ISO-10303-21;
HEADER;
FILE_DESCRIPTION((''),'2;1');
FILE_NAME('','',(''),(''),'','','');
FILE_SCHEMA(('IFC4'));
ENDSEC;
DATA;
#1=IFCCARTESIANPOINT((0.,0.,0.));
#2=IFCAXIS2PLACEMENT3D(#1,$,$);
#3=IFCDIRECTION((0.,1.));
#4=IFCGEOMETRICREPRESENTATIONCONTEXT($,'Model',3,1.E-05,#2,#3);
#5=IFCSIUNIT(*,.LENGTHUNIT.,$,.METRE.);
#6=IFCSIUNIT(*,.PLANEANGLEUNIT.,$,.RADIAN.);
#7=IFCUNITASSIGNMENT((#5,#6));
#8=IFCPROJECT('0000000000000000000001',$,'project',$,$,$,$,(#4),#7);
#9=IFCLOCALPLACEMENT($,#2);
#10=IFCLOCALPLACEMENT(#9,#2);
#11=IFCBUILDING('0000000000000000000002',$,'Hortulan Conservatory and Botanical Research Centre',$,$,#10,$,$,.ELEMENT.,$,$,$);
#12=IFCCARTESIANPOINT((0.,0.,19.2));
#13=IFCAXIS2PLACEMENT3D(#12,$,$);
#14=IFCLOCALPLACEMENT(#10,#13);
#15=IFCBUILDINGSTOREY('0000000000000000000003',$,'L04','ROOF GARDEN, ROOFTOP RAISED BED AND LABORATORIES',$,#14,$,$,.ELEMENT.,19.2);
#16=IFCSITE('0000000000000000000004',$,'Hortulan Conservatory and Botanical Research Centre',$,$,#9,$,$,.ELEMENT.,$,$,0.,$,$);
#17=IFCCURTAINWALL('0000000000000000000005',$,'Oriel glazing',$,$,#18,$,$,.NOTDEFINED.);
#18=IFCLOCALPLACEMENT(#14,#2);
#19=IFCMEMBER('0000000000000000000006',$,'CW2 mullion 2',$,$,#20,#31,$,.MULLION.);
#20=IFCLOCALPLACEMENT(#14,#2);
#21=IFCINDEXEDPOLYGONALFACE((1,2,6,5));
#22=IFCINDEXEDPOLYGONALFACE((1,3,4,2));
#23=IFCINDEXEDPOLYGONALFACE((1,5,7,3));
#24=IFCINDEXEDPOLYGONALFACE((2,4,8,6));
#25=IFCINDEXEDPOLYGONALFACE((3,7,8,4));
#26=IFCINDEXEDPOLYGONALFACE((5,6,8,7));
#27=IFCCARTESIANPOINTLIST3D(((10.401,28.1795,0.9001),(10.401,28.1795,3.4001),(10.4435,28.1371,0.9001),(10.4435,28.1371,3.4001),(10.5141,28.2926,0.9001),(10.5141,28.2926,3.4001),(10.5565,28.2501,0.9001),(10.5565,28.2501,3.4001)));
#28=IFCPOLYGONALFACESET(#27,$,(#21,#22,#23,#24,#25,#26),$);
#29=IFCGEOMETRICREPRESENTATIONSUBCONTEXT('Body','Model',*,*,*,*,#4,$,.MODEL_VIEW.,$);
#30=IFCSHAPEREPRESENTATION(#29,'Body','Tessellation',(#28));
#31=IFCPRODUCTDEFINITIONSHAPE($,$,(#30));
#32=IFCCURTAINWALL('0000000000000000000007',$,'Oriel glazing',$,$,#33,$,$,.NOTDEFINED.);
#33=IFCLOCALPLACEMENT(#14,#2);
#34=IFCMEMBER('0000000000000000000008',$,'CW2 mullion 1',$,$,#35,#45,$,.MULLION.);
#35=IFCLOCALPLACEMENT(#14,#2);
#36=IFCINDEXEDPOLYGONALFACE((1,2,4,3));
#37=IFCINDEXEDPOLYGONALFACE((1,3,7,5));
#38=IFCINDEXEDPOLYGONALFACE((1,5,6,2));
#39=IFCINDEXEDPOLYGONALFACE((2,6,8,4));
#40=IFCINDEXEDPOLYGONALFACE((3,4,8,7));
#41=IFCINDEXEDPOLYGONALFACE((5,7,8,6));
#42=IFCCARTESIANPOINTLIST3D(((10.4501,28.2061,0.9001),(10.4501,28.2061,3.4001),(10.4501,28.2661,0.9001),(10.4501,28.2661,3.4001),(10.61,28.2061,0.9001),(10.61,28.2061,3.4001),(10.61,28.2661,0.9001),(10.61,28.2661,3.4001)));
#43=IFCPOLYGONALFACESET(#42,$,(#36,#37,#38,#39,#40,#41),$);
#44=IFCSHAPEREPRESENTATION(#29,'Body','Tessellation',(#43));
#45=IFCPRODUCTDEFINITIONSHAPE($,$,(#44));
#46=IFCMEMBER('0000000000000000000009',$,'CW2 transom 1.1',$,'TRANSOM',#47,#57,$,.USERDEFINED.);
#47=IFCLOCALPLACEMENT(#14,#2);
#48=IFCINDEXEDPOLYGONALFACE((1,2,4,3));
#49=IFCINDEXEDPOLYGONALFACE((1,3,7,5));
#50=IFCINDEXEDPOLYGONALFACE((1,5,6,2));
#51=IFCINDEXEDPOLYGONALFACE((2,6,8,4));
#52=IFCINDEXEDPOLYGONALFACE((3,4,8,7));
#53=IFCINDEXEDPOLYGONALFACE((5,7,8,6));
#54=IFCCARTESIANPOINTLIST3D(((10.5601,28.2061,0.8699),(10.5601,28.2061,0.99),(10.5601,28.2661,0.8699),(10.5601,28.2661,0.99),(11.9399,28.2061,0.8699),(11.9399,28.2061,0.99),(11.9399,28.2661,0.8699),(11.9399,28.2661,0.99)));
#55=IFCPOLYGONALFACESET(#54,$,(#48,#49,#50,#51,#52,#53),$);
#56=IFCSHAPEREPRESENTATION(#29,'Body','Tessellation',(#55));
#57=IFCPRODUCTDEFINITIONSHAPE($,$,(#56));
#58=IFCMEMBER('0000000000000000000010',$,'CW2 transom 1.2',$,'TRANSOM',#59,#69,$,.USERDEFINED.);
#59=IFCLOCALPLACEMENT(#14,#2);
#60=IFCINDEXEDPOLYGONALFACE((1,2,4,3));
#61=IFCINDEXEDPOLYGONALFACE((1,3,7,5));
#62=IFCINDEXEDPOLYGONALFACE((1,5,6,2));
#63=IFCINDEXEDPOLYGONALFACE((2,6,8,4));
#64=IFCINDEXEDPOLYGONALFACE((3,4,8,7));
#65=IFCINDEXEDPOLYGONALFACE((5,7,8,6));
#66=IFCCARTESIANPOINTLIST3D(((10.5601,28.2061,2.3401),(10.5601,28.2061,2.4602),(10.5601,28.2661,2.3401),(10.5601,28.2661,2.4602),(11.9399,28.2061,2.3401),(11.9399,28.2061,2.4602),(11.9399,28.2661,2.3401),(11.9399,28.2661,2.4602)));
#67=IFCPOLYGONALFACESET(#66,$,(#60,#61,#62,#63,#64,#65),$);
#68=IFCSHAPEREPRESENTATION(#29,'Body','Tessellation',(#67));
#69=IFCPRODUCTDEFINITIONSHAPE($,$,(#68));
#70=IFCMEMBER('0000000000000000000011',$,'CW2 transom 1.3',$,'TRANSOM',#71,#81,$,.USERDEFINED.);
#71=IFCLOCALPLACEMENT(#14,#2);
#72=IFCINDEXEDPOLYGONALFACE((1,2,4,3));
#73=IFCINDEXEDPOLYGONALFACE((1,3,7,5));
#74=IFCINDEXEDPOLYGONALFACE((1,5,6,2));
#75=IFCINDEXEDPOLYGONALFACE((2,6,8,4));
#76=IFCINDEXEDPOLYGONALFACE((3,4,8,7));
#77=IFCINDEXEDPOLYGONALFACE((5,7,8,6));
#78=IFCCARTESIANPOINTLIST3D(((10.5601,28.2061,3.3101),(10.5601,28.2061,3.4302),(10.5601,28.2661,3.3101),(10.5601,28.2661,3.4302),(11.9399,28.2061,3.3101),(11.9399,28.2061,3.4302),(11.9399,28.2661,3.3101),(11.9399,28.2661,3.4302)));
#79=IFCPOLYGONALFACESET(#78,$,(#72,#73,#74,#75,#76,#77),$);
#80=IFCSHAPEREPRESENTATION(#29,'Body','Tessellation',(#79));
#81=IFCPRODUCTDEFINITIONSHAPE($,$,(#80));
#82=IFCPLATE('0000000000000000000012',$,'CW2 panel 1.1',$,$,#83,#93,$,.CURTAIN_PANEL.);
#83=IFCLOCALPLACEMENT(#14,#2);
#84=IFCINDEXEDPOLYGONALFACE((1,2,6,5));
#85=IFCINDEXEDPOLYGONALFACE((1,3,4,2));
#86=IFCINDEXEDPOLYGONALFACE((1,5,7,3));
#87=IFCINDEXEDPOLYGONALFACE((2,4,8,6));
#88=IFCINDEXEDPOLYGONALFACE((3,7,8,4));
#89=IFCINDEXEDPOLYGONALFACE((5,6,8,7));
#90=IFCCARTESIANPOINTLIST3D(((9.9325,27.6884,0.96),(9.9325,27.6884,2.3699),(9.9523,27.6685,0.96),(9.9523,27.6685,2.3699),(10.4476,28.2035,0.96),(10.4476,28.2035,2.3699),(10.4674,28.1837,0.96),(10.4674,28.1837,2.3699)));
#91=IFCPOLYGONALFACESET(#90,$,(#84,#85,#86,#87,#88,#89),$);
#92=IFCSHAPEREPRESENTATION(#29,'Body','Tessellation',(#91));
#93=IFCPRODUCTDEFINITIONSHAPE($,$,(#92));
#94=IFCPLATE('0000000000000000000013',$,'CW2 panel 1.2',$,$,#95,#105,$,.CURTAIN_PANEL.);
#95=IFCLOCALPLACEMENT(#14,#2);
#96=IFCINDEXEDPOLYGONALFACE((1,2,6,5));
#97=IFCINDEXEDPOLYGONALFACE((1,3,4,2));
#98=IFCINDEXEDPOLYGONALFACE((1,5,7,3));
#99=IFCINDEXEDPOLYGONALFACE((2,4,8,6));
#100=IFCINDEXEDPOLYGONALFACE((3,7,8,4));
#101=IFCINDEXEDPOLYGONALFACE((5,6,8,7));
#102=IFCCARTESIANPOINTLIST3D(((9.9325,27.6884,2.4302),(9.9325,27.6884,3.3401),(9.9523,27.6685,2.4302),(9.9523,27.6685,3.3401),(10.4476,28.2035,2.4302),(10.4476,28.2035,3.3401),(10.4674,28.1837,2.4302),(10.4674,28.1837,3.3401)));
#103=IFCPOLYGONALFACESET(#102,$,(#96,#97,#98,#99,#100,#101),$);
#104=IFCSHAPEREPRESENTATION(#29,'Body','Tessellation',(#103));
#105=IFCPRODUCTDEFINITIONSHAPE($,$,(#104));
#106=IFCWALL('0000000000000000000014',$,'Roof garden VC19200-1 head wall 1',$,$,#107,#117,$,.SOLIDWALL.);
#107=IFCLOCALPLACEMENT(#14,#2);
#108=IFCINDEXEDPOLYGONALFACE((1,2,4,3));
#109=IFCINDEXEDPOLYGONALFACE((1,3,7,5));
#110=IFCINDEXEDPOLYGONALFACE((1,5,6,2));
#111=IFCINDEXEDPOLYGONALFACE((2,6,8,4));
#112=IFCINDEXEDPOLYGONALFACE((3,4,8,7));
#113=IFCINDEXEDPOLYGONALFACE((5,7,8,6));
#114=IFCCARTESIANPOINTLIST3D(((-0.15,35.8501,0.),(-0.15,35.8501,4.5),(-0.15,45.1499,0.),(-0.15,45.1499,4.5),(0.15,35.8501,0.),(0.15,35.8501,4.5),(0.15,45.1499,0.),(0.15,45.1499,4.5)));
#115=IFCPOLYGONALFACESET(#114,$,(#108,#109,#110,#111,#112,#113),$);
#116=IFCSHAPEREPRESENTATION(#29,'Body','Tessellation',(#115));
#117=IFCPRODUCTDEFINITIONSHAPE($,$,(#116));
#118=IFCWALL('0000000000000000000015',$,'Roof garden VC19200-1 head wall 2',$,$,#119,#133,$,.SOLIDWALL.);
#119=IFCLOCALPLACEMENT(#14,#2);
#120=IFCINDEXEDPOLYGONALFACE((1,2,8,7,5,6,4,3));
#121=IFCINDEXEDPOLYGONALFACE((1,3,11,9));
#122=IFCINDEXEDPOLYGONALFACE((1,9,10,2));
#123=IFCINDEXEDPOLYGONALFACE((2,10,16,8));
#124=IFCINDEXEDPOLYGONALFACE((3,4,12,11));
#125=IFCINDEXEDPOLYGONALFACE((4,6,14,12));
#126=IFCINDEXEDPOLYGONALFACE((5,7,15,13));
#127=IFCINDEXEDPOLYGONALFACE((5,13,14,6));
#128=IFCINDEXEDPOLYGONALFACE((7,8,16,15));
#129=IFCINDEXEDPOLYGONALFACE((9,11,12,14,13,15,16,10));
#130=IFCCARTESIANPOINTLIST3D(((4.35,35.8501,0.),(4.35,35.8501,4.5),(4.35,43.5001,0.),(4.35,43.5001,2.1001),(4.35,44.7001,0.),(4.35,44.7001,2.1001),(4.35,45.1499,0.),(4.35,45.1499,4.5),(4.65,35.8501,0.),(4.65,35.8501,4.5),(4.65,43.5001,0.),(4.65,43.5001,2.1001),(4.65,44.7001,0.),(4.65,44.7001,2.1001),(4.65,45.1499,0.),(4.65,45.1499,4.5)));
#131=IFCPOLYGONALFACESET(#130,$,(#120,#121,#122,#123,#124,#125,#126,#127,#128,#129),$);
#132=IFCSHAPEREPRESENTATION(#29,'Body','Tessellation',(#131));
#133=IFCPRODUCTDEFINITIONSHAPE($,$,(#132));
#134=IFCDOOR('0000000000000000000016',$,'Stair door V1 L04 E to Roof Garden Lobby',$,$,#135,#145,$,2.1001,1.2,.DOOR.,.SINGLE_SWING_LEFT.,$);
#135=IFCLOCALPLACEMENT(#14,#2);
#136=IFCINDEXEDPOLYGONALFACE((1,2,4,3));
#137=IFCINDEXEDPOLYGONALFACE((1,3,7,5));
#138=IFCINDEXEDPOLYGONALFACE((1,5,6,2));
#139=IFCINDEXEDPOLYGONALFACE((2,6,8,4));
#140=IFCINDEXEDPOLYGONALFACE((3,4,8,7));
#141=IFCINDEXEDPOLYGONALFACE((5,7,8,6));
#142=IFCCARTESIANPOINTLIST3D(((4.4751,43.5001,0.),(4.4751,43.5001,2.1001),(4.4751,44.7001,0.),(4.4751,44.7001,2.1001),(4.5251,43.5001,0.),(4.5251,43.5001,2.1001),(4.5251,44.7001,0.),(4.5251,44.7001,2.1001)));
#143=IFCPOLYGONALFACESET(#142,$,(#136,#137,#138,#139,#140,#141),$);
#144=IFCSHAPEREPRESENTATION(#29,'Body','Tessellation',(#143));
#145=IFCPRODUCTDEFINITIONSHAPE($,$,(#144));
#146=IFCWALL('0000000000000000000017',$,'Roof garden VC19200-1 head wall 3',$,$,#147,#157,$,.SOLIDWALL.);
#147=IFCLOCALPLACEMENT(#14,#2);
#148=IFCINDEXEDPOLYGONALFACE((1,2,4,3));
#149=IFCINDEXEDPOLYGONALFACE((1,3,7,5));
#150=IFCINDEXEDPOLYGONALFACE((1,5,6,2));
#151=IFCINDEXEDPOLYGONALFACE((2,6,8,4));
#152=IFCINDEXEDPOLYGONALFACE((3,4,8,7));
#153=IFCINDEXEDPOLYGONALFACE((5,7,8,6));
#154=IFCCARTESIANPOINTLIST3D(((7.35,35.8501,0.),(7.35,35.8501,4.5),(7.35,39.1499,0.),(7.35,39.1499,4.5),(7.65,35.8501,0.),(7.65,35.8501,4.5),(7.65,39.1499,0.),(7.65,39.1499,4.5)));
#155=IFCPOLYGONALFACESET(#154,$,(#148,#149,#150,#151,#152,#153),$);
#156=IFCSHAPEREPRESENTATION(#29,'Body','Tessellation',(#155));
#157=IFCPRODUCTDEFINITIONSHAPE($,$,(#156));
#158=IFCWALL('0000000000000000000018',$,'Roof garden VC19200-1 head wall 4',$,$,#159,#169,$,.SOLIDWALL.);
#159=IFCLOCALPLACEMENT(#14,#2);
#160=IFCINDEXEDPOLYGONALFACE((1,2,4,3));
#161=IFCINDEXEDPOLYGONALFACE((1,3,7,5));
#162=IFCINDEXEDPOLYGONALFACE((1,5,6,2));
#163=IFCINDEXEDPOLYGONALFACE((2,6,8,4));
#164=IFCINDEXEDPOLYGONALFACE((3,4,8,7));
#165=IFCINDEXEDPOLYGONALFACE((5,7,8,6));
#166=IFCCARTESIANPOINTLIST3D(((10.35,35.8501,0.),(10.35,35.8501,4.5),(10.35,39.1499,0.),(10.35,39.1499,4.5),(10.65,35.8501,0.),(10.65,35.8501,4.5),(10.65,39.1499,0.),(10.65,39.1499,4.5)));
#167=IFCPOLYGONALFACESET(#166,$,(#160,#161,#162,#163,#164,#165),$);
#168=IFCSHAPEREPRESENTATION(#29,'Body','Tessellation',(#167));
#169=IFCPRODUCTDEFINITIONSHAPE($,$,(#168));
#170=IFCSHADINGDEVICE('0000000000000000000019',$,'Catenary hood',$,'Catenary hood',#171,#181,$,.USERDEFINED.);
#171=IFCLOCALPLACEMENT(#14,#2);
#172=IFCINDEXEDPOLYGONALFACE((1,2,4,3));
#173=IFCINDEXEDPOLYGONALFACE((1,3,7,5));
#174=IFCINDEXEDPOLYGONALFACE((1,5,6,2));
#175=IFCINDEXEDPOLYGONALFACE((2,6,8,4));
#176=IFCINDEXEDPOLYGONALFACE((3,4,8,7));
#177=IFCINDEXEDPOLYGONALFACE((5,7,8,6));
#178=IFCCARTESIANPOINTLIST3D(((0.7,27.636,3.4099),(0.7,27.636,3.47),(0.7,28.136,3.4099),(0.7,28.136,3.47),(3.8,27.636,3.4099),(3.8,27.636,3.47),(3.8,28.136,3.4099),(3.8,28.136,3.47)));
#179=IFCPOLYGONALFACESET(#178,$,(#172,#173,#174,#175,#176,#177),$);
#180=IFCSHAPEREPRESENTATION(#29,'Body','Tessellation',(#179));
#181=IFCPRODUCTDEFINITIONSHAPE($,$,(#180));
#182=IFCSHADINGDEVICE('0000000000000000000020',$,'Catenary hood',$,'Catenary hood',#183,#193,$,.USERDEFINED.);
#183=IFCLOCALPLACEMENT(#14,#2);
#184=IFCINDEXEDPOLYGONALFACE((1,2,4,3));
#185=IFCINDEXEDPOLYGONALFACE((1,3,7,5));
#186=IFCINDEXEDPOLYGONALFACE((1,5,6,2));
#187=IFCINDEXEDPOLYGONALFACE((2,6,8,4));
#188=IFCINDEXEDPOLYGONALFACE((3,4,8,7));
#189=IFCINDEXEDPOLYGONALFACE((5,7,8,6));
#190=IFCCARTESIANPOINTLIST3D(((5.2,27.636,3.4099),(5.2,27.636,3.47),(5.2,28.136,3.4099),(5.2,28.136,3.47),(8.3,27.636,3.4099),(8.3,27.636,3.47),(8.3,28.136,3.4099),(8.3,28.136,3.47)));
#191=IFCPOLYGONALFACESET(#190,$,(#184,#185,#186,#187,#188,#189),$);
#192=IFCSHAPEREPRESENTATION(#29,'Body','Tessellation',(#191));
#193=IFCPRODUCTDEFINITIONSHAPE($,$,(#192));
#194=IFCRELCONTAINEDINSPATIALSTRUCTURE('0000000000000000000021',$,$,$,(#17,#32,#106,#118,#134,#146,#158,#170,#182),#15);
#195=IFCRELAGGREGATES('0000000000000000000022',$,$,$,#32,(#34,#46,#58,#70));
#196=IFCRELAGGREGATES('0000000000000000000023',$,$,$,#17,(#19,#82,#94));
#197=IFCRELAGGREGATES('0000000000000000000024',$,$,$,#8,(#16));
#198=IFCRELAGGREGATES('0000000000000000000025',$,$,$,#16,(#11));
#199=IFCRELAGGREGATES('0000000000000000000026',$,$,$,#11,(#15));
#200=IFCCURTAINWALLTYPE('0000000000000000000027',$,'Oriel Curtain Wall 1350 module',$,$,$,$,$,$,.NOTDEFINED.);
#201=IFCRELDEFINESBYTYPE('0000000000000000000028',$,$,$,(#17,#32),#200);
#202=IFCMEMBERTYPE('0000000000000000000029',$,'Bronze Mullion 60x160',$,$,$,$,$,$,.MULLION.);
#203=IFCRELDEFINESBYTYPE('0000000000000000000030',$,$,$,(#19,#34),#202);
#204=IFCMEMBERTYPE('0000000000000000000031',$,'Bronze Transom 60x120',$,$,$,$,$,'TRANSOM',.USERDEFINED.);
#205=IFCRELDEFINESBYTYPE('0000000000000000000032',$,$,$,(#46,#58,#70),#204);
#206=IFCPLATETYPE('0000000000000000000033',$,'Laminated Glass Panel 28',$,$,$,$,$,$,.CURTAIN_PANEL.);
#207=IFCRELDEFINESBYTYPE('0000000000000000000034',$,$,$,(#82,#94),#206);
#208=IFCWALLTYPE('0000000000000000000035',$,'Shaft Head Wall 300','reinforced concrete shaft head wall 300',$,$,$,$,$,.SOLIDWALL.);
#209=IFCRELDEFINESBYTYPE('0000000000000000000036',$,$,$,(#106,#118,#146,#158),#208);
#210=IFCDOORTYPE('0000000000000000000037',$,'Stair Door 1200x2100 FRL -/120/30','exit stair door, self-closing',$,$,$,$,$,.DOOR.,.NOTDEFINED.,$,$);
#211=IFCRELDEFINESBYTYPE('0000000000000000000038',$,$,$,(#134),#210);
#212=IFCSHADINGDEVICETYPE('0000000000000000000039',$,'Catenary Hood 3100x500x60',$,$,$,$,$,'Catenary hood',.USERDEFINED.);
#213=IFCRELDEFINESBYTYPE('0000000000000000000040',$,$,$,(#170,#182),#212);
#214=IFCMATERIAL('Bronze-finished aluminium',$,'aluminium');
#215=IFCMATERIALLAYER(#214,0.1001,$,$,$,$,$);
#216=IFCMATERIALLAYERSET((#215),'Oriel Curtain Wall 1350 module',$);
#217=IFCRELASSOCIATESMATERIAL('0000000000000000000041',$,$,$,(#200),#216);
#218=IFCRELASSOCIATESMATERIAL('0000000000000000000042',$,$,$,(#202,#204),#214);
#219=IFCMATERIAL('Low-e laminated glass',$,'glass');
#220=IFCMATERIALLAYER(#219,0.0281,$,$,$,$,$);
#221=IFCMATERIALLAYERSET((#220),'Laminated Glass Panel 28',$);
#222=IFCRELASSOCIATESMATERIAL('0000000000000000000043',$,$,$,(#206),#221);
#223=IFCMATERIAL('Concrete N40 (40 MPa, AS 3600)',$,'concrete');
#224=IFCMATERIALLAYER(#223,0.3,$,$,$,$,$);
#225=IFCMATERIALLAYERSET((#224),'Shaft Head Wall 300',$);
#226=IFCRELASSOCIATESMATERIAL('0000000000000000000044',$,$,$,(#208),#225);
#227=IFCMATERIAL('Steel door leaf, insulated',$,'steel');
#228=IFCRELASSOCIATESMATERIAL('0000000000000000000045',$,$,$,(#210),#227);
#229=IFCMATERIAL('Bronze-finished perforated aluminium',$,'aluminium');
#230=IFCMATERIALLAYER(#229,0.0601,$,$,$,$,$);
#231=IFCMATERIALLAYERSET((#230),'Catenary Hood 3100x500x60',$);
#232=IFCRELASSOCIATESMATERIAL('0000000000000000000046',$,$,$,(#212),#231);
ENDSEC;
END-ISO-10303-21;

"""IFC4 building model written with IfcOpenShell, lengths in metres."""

from ifc_helpers import new_model, si_unit, direction, frame, frame_2d, origin, origin_2d, place, context, subcontext, project, spatial, rectangle, extrude, material, layer, layer_set, material_profile, profile_set, type_object, element, fill, aggregate, save


model = new_model("IFC4")

# Units and contexts
model_context = context("Model", 3, precision=1e-05, world=origin(), true_north=direction((0.0, 1.0)))
body_context = subcontext(model_context, "Body", "Model", "MODEL_VIEW")
ifc_project = project(units=[si_unit("LENGTHUNIT", "METRE"), si_unit("PLANEANGLEUNIT", "RADIAN")], contexts=[model_context])

# Site, building, storey
site_placement = place(None, origin())
site = spatial("IfcSite", under=ifc_project, at=site_placement, Name="Hortulan Conservatory and Botanical Research Centre", CompositionType="ELEMENT", RefElevation=0.0)
building_placement = place(site_placement, origin())
building = spatial("IfcBuilding", under=site, at=building_placement, Name="Hortulan Conservatory and Botanical Research Centre", CompositionType="ELEMENT")
storey_placement = place(building_placement, frame((0.0, 0.0, 19.2)))
storey = spatial("IfcBuildingStorey", under=building, at=storey_placement, Name="L04", Description="ROOF GARDEN, ROOFTOP RAISED BED AND LABORATORIES", CompositionType="ELEMENT", Elevation=19.2)

# Curtain wall, member
ifc_material_1 = material(Name="Bronze-finished aluminium", Category="aluminium")
ifc_layer_1 = layer(ifc_material_1, 0.1001)
ifc_layer_set_1 = layer_set([ifc_layer_1], Name="Oriel Curtain Wall 1350 module")
curtain_wall_type = type_object("IfcCurtainWallType", Name="Oriel Curtain Wall 1350 module", PredefinedType="NOTDEFINED", material=ifc_layer_set_1)
curtain_wall_1_placement = place(storey_placement, origin())
curtain_wall_1 = element("IfcCurtainWall", 1, at=curtain_wall_1_placement, inside=storey, type_object=curtain_wall_type, Name="Oriel glazing", PredefinedType="NOTDEFINED")
ifc_material_profile_1 = material_profile(ifc_material_1, rectangle(XDim=0.0601, YDim=0.1599, at=origin_2d()), Name="Bronze Mullion 60x160")
ifc_profile_set_1 = profile_set([ifc_material_profile_1], Name="Bronze-finished aluminium")
member_type_1 = type_object("IfcMemberType", Name="Bronze Mullion 60x160", PredefinedType="MULLION", material=ifc_profile_set_1)
member_1_placement = place(storey_placement, frame((10.4788, 28.2148, 0.9001), z_axis=(0.0, 0.0, 1.0), x_axis=(-0.707107, 0.707107, 0.0)))
member_1 = element("IfcMember", 2, at=member_1_placement, type_object=member_type_1, Name="CW2 mullion 2", PredefinedType="MULLION", context=body_context, shape_type="SweptSolid", body=[
    extrude(rectangle(XDim=0.0601, YDim=0.1599, at=origin_2d()), origin(), (0.0, 0.0, 1.0), 2.5),
])

# Curtain wall, members
curtain_wall_2_placement = place(storey_placement, origin())
curtain_wall_2 = element("IfcCurtainWall", 3, at=curtain_wall_2_placement, inside=storey, type_object=curtain_wall_type, Name="Oriel glazing", PredefinedType="NOTDEFINED")
member_2_placement = place(storey_placement, frame((10.53, 28.2361, 0.9001), z_axis=(0.0, 0.0, 1.0), x_axis=(0.0, 1.0, 0.0)))
member_2 = element("IfcMember", 4, at=member_2_placement, type_object=member_type_1, Name="CW2 mullion 1", PredefinedType="MULLION", context=body_context, shape_type="SweptSolid", body=[
    extrude(rectangle(XDim=0.0601, YDim=0.1599, at=origin_2d()), origin(), (0.0, 0.0, 1.0), 2.5),
])
ifc_material_profile_2 = material_profile(ifc_material_1, rectangle(XDim=0.0601, YDim=0.1201, at=origin_2d()), Name="Bronze Transom 60x120")
ifc_profile_set_2 = profile_set([ifc_material_profile_2], Name="Bronze-finished aluminium")
member_type_2 = type_object("IfcMemberType", Name="Bronze Transom 60x120", ElementType="TRANSOM", PredefinedType="USERDEFINED", material=ifc_profile_set_2)
member_3_placement = place(storey_placement, frame((10.5601, 28.2361, 0.9299), z_axis=(1.0, 0.0, 0.0), x_axis=(0.0, 1.0, 0.0)))
member_3 = element("IfcMember", 5, at=member_3_placement, type_object=member_type_2, Name="CW2 transom 1.1", ObjectType="TRANSOM", PredefinedType="USERDEFINED", context=body_context, shape_type="SweptSolid", body=[
    extrude(rectangle(XDim=0.0601, YDim=0.1201, at=origin_2d()), origin(), (0.0, 0.0, 1.0), 1.3799),
])
member_4_placement = place(storey_placement, frame((10.5601, 28.2361, 2.4001), z_axis=(1.0, 0.0, 0.0), x_axis=(0.0, 1.0, 0.0)))
member_4 = element("IfcMember", 6, at=member_4_placement, type_object=member_type_2, Name="CW2 transom 1.2", ObjectType="TRANSOM", PredefinedType="USERDEFINED", context=body_context, shape_type="SweptSolid", body=[
    extrude(rectangle(XDim=0.0601, YDim=0.1201, at=origin_2d()), origin(), (0.0, 0.0, 1.0), 1.3799),
])
member_5_placement = place(storey_placement, frame((10.5601, 28.2361, 3.3701), z_axis=(1.0, 0.0, 0.0), x_axis=(0.0, 1.0, 0.0)))
member_5 = element("IfcMember", 7, at=member_5_placement, type_object=member_type_2, Name="CW2 transom 1.3", ObjectType="TRANSOM", PredefinedType="USERDEFINED", context=body_context, shape_type="SweptSolid", body=[
    extrude(rectangle(XDim=0.0601, YDim=0.1201, at=origin_2d()), origin(), (0.0, 0.0, 1.0), 1.3799),
])
aggregate(curtain_wall_2, [member_2, member_3, member_4, member_5])

# Plates
ifc_material_2 = material(Name="Low-e laminated glass", Category="glass")
ifc_layer_2 = layer(ifc_material_2, 0.0281)
ifc_layer_set_2 = layer_set([ifc_layer_2], Name="Laminated Glass Panel 28")
plate_type = type_object("IfcPlateType", Name="Laminated Glass Panel 28", PredefinedType="CURTAIN_PANEL", material=ifc_layer_set_2)
plate_1_placement = place(storey_placement, frame((10.2, 27.936, 0.96), z_axis=(0.0, 0.0, 1.0), x_axis=(0.707107, 0.707107, 0.0)))
plate_1 = element("IfcPlate", 8, at=plate_1_placement, type_object=plate_type, Name="CW2 panel 1.1", PredefinedType="CURTAIN_PANEL", context=body_context, shape_type="SweptSolid", body=[
    extrude(rectangle(XDim=0.7285, YDim=0.0281, at=origin_2d()), origin(), (0.0, 0.0, 1.0), 1.4099),
])
plate_2_placement = place(storey_placement, frame((10.2, 27.936, 2.4302), z_axis=(0.0, 0.0, 1.0), x_axis=(0.707107, 0.707107, 0.0)))
plate_2 = element("IfcPlate", 9, at=plate_2_placement, type_object=plate_type, Name="CW2 panel 1.2", PredefinedType="CURTAIN_PANEL", context=body_context, shape_type="SweptSolid", body=[
    extrude(rectangle(XDim=0.7285, YDim=0.0281, at=origin_2d()), origin(), (0.0, 0.0, 1.0), 0.9099),
])
aggregate(curtain_wall_1, [member_1, plate_1, plate_2])

# Wall
ifc_material_3 = material(Name="Concrete N40 (40 MPa, AS 3600)", Category="concrete")
ifc_layer_3 = layer(ifc_material_3, 0.3)
ifc_layer_set_3 = layer_set([ifc_layer_3], Name="Shaft Head Wall 300")
wall_type = type_object("IfcWallType", Name="Shaft Head Wall 300", Description="reinforced concrete shaft head wall 300", PredefinedType="SOLIDWALL", material=ifc_layer_set_3)
wall_1_placement = place(storey_placement, frame((0.0, 35.8501, 0.0), z_axis=(0.0, 0.0, 1.0), x_axis=(0.0, 1.0, 0.0)))
element("IfcWall", 10, at=wall_1_placement, inside=storey, type_object=wall_type, Name="Roof garden VC19200-1 head wall 1", PredefinedType="SOLIDWALL", context=body_context, shape_type="SweptSolid", body=[
    extrude(rectangle(XDim=9.2998, YDim=0.3, at=frame_2d((4.6499, 0.0))), origin(), (0.0, 0.0, 1.0), 4.5),
])

# Wall, opening, door
wall_2_placement = place(storey_placement, frame((4.5, 35.8501, 0.0), z_axis=(0.0, 0.0, 1.0), x_axis=(0.0, 1.0, 0.0)))
wall_2 = element("IfcWall", 11, at=wall_2_placement, inside=storey, type_object=wall_type, Name="Roof garden VC19200-1 head wall 2", PredefinedType="SOLIDWALL", context=body_context, shape_type="SweptSolid", body=[
    extrude(rectangle(XDim=9.2998, YDim=0.3, at=frame_2d((4.6499, 0.0))), origin(), (0.0, 0.0, 1.0), 4.5),
])
opening_placement = place(wall_2_placement, frame((7.6499, 0.0, 0.0)))
opening = element("IfcOpeningElement", 12, at=opening_placement, cuts=wall_2, PredefinedType="OPENING", context=body_context, shape_type="SweptSolid", body=[
    extrude(rectangle(XDim=1.2, YDim=2.1001, at=frame_2d((0.6001, 1.05))), frame((0.0, 0.1599, 0.0), z_axis=(0.0, -1.0, 0.0), x_axis=(1.0, 0.0, 0.0)), (0.0, 0.0, 1.0), 0.3201),
])
ifc_material_4 = material(Name="Steel door leaf, insulated", Category="steel")
door_type = type_object("IfcDoorType", Name="Stair Door 1200x2100 FRL -/120/30", Description="exit stair door, self-closing", OperationType="NOTDEFINED", PredefinedType="DOOR", material=ifc_material_4)
door_placement = place(opening_placement, origin())
door = element("IfcDoor", 13, at=door_placement, inside=storey, type_object=door_type, Name="Stair door V1 L04 E to Roof Garden Lobby", OperationType="SINGLE_SWING_LEFT", OverallHeight=2.1001, OverallWidth=1.2, PredefinedType="DOOR", context=body_context, shape_type="SweptSolid", body=[
    extrude(rectangle(XDim=1.2, YDim=2.1001, at=frame_2d((0.6001, 1.05))), frame((0.0, 0.0249, 0.0), z_axis=(0.0, -1.0, 0.0), x_axis=(1.0, 0.0, 0.0)), (0.0, 0.0, 1.0), 0.05),
])
fill(opening, door)

# Walls
for number, where, z_axis, x_axis, name in (
    (14, (7.5, 35.8501, 0.0), (0.0, 0.0, 1.0), (0.0, 1.0, 0.0), "Roof garden VC19200-1 head wall 3"),
    (15, (10.5, 35.8501, 0.0), (0.0, 0.0, 1.0), (0.0, 1.0, 0.0), "Roof garden VC19200-1 head wall 4"),
):
    element("IfcWall", number, at=place(storey_placement, frame(where, z_axis=z_axis, x_axis=x_axis)), inside=storey, type_object=wall_type, Name=name, PredefinedType="SOLIDWALL", context=body_context, shape_type="SweptSolid", body=[
        extrude(rectangle(XDim=3.2998, YDim=0.3, at=frame_2d((1.6499, 0.0))), origin(), (0.0, 0.0, 1.0), 4.5),
    ])

# Shading devices
ifc_material_5 = material(Name="Bronze-finished perforated aluminium", Category="aluminium")
ifc_layer_4 = layer(ifc_material_5, 0.0601)
ifc_layer_set_4 = layer_set([ifc_layer_4], Name="Catenary Hood 3100x500x60")
shading_device_type = type_object("IfcShadingDeviceType", Name="Catenary Hood 3100x500x60", ElementType="Catenary hood", PredefinedType="USERDEFINED", material=ifc_layer_set_4)
for number, where, z_axis, x_axis, name in (
    (16, (2.25, 27.886, 3.4099), (0.0, 0.0, 1.0), (1.0, 0.0, 0.0), "Catenary hood"),
    (17, (6.75, 27.886, 3.4099), (0.0, 0.0, 1.0), (1.0, 0.0, 0.0), "Catenary hood"),
):
    element("IfcShadingDevice", number, at=place(storey_placement, frame(where, z_axis=z_axis, x_axis=x_axis)), inside=storey, type_object=shading_device_type, Name=name, ObjectType="Catenary hood", PredefinedType="USERDEFINED", context=body_context, shape_type="SweptSolid", body=[
        extrude(rectangle(XDim=3.1001, YDim=0.5, at=origin_2d()), origin(), (0.0, 0.0, 1.0), 0.0601),
    ])

save(model, "model.ifc")
